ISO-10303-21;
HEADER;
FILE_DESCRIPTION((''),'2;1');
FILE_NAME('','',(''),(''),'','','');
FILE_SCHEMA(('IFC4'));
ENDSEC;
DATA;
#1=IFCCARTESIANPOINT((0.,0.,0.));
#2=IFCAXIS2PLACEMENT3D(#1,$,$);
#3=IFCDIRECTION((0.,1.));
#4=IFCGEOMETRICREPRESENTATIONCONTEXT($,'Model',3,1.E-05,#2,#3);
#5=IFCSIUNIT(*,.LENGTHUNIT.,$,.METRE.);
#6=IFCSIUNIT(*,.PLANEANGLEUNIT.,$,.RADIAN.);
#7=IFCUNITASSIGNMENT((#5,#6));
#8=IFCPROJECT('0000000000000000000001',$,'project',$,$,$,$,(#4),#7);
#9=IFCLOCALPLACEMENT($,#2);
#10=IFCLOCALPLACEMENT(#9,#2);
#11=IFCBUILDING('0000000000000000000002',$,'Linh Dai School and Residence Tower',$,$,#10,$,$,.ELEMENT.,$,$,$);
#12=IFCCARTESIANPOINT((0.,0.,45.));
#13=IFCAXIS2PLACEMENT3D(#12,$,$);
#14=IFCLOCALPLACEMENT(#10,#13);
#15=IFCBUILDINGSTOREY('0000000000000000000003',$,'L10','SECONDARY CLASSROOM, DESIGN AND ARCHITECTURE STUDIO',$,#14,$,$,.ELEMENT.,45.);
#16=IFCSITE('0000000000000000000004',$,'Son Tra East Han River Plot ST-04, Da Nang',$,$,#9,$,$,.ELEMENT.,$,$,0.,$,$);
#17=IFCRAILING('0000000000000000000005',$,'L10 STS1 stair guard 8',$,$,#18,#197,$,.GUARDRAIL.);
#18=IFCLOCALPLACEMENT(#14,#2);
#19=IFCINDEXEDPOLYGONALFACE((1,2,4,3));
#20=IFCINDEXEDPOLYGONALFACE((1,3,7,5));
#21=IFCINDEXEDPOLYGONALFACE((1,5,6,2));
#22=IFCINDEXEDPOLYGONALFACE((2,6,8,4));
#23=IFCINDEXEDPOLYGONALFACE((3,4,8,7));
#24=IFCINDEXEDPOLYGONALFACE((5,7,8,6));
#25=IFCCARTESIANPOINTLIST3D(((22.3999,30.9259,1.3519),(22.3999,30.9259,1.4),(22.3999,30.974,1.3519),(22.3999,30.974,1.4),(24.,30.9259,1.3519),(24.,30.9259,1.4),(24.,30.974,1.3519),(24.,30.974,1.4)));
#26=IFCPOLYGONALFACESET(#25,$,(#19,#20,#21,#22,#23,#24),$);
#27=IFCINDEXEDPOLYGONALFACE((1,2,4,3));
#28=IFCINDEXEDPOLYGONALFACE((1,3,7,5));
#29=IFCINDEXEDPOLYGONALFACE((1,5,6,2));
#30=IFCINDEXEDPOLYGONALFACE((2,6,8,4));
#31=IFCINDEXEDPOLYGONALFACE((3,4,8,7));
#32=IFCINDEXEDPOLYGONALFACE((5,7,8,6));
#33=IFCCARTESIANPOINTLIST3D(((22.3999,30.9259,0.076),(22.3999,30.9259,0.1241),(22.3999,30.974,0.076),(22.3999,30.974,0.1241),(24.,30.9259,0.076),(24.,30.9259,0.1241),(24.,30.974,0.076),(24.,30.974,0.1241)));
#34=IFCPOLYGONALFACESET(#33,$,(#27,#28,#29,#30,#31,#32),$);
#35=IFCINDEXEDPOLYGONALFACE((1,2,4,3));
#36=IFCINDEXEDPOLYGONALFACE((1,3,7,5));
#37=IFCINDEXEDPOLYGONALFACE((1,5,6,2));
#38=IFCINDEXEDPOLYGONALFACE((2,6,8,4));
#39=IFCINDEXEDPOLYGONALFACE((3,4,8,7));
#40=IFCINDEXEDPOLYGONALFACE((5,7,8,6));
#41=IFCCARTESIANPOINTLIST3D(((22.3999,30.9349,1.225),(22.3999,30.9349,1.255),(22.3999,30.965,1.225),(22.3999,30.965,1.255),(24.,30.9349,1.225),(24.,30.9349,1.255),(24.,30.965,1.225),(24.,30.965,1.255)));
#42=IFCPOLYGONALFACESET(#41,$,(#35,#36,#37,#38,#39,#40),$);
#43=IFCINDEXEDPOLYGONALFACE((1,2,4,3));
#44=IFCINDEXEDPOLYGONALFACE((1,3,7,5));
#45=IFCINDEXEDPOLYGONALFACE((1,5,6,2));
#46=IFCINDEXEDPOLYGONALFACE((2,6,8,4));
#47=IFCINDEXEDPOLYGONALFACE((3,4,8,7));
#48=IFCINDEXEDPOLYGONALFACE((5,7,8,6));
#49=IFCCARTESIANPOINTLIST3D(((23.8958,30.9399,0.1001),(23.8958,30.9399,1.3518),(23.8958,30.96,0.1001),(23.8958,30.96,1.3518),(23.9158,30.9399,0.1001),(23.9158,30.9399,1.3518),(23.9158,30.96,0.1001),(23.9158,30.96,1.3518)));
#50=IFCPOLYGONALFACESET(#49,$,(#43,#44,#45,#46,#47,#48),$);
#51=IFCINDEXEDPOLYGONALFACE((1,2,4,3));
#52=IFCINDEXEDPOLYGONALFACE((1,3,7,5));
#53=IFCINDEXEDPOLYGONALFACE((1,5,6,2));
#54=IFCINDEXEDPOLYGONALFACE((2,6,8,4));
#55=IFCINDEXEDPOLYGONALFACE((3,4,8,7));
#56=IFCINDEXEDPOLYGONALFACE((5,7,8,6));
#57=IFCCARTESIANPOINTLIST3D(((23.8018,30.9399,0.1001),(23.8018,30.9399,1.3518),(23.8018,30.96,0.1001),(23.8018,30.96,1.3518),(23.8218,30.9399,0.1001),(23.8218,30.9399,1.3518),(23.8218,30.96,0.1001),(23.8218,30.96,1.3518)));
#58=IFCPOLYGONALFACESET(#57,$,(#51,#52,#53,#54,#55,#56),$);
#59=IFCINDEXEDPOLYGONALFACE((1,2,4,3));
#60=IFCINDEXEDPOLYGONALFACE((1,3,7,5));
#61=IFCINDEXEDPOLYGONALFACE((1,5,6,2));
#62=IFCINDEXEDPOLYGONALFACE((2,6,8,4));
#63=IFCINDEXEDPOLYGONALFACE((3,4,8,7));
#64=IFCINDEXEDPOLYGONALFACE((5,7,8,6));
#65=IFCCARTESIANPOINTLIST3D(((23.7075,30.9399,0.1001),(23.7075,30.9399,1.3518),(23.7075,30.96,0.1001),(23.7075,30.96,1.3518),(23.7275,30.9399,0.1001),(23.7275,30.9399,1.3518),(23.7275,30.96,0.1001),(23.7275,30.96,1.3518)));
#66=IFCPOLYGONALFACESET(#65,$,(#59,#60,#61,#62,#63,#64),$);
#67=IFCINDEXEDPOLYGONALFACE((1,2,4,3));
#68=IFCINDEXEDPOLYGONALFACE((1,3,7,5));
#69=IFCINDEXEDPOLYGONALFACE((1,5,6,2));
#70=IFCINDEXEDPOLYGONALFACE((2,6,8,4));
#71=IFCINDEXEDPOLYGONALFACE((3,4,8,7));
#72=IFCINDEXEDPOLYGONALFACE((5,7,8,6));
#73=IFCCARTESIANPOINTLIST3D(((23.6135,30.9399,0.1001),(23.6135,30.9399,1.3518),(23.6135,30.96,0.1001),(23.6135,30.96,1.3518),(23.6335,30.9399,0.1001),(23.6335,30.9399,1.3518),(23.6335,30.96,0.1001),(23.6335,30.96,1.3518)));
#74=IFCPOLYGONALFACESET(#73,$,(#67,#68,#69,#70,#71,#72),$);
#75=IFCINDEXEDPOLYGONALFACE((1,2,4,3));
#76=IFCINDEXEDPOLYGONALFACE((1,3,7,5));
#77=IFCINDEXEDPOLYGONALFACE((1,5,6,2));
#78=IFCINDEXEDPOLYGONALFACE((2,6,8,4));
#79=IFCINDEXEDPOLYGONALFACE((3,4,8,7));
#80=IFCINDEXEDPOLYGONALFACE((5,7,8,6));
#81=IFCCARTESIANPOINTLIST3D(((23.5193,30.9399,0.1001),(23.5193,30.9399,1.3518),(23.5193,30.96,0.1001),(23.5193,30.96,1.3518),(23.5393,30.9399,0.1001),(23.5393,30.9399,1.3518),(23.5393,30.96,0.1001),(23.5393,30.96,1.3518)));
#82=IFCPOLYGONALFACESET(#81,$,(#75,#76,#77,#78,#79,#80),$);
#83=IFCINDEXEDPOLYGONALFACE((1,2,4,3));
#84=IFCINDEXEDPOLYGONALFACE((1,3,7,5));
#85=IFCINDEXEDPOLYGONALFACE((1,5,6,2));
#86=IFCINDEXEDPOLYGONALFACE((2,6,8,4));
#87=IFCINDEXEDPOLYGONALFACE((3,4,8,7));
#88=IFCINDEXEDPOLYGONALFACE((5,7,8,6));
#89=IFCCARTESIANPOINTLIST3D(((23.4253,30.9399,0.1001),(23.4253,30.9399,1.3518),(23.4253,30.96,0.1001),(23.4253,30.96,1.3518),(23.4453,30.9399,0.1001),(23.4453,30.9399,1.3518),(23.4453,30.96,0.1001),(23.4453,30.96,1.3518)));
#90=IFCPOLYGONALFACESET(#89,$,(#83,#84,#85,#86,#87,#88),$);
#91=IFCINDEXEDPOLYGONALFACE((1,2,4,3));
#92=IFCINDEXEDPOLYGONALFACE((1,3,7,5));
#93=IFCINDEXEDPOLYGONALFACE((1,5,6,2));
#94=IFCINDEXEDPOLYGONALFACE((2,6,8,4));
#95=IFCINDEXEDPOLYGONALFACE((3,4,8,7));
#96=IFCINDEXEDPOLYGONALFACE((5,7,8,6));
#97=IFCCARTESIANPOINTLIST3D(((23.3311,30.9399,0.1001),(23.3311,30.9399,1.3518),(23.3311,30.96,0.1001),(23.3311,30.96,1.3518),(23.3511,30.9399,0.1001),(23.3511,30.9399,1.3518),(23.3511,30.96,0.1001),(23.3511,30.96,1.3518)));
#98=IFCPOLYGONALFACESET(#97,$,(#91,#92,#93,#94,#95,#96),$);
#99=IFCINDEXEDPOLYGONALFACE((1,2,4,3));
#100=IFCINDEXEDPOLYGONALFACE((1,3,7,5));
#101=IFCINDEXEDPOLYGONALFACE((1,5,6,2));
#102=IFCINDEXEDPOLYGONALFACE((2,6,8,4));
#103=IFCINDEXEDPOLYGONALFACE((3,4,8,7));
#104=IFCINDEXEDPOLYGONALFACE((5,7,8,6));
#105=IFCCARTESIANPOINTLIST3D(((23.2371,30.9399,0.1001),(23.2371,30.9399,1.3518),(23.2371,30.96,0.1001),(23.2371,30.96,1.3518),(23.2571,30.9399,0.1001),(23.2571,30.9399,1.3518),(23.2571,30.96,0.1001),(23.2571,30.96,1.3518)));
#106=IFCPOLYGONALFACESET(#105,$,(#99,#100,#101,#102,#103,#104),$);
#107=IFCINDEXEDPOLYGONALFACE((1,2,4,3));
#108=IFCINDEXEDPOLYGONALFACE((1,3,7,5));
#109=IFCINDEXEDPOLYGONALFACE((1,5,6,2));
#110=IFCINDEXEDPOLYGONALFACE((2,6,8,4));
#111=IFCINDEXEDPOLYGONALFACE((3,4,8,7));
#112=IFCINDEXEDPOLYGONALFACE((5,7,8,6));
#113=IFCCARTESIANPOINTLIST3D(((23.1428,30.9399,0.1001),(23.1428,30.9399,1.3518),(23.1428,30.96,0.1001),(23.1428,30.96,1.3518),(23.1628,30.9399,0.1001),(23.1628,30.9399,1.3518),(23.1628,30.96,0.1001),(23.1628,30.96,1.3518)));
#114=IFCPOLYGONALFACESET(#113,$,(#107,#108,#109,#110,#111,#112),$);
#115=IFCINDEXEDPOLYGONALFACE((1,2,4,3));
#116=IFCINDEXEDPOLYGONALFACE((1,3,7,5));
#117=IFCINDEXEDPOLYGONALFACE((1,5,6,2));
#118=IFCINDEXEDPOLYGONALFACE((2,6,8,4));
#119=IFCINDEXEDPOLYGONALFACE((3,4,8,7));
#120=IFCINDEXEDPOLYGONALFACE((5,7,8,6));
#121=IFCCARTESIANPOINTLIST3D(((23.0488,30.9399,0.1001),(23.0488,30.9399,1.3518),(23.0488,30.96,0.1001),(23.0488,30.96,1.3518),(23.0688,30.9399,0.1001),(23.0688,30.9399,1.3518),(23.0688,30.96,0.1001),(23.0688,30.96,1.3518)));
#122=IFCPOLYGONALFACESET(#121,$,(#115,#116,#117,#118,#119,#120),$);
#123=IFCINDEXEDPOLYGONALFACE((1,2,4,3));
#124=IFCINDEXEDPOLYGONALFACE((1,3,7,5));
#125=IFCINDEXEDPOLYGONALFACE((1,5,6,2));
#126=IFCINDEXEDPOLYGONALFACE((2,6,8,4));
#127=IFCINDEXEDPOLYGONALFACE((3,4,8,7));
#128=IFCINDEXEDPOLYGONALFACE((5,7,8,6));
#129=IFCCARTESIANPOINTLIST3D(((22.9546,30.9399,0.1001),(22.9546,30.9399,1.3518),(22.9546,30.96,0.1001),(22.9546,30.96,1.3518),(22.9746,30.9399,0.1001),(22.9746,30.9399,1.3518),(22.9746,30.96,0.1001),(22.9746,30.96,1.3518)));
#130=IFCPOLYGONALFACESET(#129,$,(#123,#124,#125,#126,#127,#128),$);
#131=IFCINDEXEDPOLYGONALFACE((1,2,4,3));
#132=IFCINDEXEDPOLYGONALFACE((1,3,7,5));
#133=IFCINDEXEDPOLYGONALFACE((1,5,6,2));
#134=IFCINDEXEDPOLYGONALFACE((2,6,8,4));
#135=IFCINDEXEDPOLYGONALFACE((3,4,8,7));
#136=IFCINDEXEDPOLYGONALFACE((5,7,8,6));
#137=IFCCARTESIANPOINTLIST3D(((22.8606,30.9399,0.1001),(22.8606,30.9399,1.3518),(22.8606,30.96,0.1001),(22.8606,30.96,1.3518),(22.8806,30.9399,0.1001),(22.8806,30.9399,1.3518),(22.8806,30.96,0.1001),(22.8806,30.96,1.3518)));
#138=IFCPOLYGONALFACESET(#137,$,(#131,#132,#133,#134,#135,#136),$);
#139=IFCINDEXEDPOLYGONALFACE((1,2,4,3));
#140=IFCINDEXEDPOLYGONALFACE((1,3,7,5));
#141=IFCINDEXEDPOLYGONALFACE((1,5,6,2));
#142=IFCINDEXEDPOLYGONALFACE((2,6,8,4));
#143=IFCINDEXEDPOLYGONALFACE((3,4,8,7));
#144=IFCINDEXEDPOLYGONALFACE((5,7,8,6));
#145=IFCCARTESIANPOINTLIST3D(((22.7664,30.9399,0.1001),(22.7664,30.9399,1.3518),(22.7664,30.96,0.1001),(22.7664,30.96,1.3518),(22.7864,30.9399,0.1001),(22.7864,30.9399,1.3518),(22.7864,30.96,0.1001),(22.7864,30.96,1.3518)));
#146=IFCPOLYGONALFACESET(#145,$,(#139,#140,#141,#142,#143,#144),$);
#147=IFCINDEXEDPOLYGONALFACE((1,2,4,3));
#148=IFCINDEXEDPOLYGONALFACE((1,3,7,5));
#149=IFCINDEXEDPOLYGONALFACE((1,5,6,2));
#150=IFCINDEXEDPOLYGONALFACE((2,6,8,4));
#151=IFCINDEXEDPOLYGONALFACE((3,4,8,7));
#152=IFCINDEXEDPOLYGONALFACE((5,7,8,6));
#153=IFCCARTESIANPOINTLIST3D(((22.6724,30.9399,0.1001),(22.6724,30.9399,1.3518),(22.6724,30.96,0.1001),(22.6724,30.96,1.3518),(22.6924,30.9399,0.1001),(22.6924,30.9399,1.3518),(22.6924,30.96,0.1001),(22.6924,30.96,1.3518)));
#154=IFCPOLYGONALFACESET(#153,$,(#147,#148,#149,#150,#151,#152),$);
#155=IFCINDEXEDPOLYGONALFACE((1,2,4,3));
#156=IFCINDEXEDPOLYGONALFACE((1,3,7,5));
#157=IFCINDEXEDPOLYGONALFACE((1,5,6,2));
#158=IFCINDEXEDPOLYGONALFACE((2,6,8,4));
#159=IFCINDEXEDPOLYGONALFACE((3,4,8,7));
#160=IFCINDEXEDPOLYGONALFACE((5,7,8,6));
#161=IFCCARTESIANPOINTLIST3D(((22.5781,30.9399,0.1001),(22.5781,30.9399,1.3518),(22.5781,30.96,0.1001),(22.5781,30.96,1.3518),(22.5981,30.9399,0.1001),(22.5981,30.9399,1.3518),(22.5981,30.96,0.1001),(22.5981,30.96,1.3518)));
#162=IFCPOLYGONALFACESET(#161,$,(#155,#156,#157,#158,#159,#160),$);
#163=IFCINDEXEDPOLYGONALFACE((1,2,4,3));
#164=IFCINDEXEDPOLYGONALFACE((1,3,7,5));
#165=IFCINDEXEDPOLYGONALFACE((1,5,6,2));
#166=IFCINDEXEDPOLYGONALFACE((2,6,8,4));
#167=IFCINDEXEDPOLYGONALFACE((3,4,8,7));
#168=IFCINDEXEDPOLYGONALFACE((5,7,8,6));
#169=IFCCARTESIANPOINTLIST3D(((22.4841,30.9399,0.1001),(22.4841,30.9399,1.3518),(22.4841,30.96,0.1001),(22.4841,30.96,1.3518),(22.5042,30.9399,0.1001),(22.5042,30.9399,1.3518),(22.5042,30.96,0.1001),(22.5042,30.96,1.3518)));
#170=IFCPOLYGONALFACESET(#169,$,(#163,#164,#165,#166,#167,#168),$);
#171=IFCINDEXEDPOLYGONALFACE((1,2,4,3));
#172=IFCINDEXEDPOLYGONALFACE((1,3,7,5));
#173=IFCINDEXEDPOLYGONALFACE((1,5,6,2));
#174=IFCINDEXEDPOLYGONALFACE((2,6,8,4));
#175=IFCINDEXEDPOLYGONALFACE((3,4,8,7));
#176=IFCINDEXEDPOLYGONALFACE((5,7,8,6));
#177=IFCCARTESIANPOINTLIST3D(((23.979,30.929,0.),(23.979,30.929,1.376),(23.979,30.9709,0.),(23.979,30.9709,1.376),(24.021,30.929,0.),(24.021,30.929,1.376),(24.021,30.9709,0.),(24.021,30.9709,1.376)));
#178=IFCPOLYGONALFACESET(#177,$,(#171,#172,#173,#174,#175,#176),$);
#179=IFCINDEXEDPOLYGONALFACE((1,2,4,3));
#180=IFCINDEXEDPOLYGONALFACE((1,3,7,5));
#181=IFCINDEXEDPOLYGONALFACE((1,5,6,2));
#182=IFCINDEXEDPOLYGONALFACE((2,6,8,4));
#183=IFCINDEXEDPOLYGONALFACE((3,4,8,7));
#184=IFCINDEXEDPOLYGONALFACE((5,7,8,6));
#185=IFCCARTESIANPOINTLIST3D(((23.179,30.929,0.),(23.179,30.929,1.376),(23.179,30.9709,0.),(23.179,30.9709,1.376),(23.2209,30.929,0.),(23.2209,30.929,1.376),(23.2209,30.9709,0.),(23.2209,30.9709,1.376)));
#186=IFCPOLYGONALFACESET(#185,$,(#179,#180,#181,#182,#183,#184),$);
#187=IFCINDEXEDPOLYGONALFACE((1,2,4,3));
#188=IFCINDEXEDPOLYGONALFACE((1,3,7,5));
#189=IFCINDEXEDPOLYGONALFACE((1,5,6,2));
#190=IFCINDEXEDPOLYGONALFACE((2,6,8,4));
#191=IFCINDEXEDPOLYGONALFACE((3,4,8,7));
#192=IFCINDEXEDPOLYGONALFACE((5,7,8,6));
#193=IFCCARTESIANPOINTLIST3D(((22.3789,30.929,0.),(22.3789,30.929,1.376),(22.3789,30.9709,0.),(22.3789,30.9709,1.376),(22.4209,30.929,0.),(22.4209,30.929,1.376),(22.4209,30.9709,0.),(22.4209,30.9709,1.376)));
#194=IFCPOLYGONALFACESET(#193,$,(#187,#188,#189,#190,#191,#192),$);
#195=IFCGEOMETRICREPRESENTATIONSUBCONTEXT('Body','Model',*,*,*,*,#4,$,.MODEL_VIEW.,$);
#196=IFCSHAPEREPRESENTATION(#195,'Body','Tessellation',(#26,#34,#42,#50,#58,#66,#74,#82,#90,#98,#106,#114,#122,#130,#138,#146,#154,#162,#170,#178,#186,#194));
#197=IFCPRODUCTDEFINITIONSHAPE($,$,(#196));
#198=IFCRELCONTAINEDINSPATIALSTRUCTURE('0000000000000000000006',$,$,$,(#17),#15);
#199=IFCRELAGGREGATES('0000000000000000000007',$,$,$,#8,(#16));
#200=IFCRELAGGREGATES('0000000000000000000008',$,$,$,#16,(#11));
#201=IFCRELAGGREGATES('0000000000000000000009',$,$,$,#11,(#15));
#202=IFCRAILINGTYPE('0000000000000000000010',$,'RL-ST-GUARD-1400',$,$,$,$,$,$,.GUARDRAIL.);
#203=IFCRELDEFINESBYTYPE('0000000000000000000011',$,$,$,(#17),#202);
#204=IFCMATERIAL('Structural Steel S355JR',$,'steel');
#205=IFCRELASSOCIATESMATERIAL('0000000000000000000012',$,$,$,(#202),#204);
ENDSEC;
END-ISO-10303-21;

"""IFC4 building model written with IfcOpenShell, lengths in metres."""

from ifc_helpers import new_model, si_unit, direction, frame, origin, origin_2d, place, context, subcontext, project, spatial, rectangle, extrude, source, transform, mapped, material, type_object, element, save


model = new_model("IFC4")

# Units and contexts
model_context = context("Model", 3, precision=1e-05, world=origin(), true_north=direction((0.0, 1.0)))
body_context = subcontext(model_context, "Body", "Model", "MODEL_VIEW")
ifc_project = project(units=[si_unit("LENGTHUNIT", "METRE"), si_unit("PLANEANGLEUNIT", "RADIAN")], contexts=[model_context])

# Site, building, storey
site_placement = place(None, origin())
site = spatial("IfcSite", under=ifc_project, at=site_placement, Name="Son Tra East Han River Plot ST-04, Da Nang", CompositionType="ELEMENT", RefElevation=0.0)
building_placement = place(site_placement, origin())
building = spatial("IfcBuilding", under=site, at=building_placement, Name="Linh Dai School and Residence Tower", CompositionType="ELEMENT")
storey_placement = place(building_placement, frame((0.0, 0.0, 45.0)))
storey = spatial("IfcBuildingStorey", under=building, at=storey_placement, Name="L10", Description="SECONDARY CLASSROOM, DESIGN AND ARCHITECTURE STUDIO", CompositionType="ELEMENT", Elevation=45.0)

# Shared definitions
ifc_material_1 = material(Name="Structural Steel S355JR", Category="steel")

# Railing
railing_type_1 = type_object("IfcRailingType", Name="RL-ST-GUARD-1400", PredefinedType="GUARDRAIL", material=ifc_material_1)
shared_shape_1 = source(origin(), body_context, "Body", "SweptSolid", [
    extrude(rectangle(XDim=0.0481, YDim=0.0481, at=origin_2d()), frame((0.0, 0.0, 1.376), z_axis=(-1.0, 0.0, 0.0), x_axis=(0.0, -1.0, 0.0)), (0.0, 0.0, 1.0), 1.6001),
    extrude(rectangle(XDim=0.0481, YDim=0.0481, at=origin_2d()), frame((0.0, 0.0, 0.1001), z_axis=(-1.0, 0.0, 0.0), x_axis=(0.0, -1.0, 0.0)), (0.0, 0.0, 1.0), 1.6001),
    extrude(rectangle(XDim=0.03, YDim=0.03, at=origin_2d()), frame((0.0, 0.0, 1.24), z_axis=(-1.0, 0.0, 0.0), x_axis=(0.0, -1.0, 0.0)), (0.0, 0.0, 1.0), 1.6001),
    extrude(rectangle(XDim=0.02, YDim=0.02, at=origin_2d()), frame((-0.0942, 0.0, 0.1001)), (0.0, 0.0, 1.0), 1.2517),
    extrude(rectangle(XDim=0.02, YDim=0.02, at=origin_2d()), frame((-0.1882, 0.0, 0.1001)), (0.0, 0.0, 1.0), 1.2517),
    extrude(rectangle(XDim=0.02, YDim=0.02, at=origin_2d()), frame((-0.2825, 0.0, 0.1001)), (0.0, 0.0, 1.0), 1.2517),
    extrude(rectangle(XDim=0.02, YDim=0.02, at=origin_2d()), frame((-0.3765, 0.0, 0.1001)), (0.0, 0.0, 1.0), 1.2517),
    extrude(rectangle(XDim=0.02, YDim=0.02, at=origin_2d()), frame((-0.4707, 0.0, 0.1001)), (0.0, 0.0, 1.0), 1.2517),
    extrude(rectangle(XDim=0.02, YDim=0.02, at=origin_2d()), frame((-0.5647, 0.0, 0.1001)), (0.0, 0.0, 1.0), 1.2517),
    extrude(rectangle(XDim=0.02, YDim=0.02, at=origin_2d()), frame((-0.6589, 0.0, 0.1001)), (0.0, 0.0, 1.0), 1.2517),
    extrude(rectangle(XDim=0.02, YDim=0.02, at=origin_2d()), frame((-0.7529, 0.0, 0.1001)), (0.0, 0.0, 1.0), 1.2517),
    extrude(rectangle(XDim=0.02, YDim=0.02, at=origin_2d()), frame((-0.8472, 0.0, 0.1001)), (0.0, 0.0, 1.0), 1.2517),
    extrude(rectangle(XDim=0.02, YDim=0.02, at=origin_2d()), frame((-0.9412, 0.0, 0.1001)), (0.0, 0.0, 1.0), 1.2517),
    extrude(rectangle(XDim=0.02, YDim=0.02, at=origin_2d()), frame((-1.0354, 0.0, 0.1001)), (0.0, 0.0, 1.0), 1.2517),
    extrude(rectangle(XDim=0.02, YDim=0.02, at=origin_2d()), frame((-1.1294, 0.0, 0.1001)), (0.0, 0.0, 1.0), 1.2517),
    extrude(rectangle(XDim=0.02, YDim=0.02, at=origin_2d()), frame((-1.2236, 0.0, 0.1001)), (0.0, 0.0, 1.0), 1.2517),
    extrude(rectangle(XDim=0.02, YDim=0.02, at=origin_2d()), frame((-1.3176, 0.0, 0.1001)), (0.0, 0.0, 1.0), 1.2517),
    extrude(rectangle(XDim=0.02, YDim=0.02, at=origin_2d()), frame((-1.4119, 0.0, 0.1001)), (0.0, 0.0, 1.0), 1.2517),
    extrude(rectangle(XDim=0.02, YDim=0.02, at=origin_2d()), frame((-1.5059, 0.0, 0.1001)), (0.0, 0.0, 1.0), 1.2517),
    extrude(rectangle(XDim=0.042, YDim=0.042, at=origin_2d()), origin(), (0.0, 0.0, 1.0), 1.376),
    extrude(rectangle(XDim=0.042, YDim=0.042, at=origin_2d()), frame((-0.8, 0.0, 0.0)), (0.0, 0.0, 1.0), 1.376),
    extrude(rectangle(XDim=0.042, YDim=0.042, at=origin_2d()), frame((-1.6001, 0.0, 0.0)), (0.0, 0.0, 1.0), 1.376),
])
for number, where, name in (
    (1, (24.0, 30.95, 0.0), "L10 STS1 stair guard 8"),
):
    element("IfcRailing", number, at=place(storey_placement, frame(where)), inside=storey, type_object=railing_type_1, Name=name, PredefinedType="GUARDRAIL", context=body_context, shape_type="MappedRepresentation", body=[
        mapped(shared_shape_1, transform((0.0, 0.0, 0.0), x_axis=(1.0, 0.0, 0.0), y_axis=(0.0, 1.0, 0.0), z_axis=(0.0, 0.0, 1.0), scale=1.0)),
    ])

save(model, "model.ifc")
